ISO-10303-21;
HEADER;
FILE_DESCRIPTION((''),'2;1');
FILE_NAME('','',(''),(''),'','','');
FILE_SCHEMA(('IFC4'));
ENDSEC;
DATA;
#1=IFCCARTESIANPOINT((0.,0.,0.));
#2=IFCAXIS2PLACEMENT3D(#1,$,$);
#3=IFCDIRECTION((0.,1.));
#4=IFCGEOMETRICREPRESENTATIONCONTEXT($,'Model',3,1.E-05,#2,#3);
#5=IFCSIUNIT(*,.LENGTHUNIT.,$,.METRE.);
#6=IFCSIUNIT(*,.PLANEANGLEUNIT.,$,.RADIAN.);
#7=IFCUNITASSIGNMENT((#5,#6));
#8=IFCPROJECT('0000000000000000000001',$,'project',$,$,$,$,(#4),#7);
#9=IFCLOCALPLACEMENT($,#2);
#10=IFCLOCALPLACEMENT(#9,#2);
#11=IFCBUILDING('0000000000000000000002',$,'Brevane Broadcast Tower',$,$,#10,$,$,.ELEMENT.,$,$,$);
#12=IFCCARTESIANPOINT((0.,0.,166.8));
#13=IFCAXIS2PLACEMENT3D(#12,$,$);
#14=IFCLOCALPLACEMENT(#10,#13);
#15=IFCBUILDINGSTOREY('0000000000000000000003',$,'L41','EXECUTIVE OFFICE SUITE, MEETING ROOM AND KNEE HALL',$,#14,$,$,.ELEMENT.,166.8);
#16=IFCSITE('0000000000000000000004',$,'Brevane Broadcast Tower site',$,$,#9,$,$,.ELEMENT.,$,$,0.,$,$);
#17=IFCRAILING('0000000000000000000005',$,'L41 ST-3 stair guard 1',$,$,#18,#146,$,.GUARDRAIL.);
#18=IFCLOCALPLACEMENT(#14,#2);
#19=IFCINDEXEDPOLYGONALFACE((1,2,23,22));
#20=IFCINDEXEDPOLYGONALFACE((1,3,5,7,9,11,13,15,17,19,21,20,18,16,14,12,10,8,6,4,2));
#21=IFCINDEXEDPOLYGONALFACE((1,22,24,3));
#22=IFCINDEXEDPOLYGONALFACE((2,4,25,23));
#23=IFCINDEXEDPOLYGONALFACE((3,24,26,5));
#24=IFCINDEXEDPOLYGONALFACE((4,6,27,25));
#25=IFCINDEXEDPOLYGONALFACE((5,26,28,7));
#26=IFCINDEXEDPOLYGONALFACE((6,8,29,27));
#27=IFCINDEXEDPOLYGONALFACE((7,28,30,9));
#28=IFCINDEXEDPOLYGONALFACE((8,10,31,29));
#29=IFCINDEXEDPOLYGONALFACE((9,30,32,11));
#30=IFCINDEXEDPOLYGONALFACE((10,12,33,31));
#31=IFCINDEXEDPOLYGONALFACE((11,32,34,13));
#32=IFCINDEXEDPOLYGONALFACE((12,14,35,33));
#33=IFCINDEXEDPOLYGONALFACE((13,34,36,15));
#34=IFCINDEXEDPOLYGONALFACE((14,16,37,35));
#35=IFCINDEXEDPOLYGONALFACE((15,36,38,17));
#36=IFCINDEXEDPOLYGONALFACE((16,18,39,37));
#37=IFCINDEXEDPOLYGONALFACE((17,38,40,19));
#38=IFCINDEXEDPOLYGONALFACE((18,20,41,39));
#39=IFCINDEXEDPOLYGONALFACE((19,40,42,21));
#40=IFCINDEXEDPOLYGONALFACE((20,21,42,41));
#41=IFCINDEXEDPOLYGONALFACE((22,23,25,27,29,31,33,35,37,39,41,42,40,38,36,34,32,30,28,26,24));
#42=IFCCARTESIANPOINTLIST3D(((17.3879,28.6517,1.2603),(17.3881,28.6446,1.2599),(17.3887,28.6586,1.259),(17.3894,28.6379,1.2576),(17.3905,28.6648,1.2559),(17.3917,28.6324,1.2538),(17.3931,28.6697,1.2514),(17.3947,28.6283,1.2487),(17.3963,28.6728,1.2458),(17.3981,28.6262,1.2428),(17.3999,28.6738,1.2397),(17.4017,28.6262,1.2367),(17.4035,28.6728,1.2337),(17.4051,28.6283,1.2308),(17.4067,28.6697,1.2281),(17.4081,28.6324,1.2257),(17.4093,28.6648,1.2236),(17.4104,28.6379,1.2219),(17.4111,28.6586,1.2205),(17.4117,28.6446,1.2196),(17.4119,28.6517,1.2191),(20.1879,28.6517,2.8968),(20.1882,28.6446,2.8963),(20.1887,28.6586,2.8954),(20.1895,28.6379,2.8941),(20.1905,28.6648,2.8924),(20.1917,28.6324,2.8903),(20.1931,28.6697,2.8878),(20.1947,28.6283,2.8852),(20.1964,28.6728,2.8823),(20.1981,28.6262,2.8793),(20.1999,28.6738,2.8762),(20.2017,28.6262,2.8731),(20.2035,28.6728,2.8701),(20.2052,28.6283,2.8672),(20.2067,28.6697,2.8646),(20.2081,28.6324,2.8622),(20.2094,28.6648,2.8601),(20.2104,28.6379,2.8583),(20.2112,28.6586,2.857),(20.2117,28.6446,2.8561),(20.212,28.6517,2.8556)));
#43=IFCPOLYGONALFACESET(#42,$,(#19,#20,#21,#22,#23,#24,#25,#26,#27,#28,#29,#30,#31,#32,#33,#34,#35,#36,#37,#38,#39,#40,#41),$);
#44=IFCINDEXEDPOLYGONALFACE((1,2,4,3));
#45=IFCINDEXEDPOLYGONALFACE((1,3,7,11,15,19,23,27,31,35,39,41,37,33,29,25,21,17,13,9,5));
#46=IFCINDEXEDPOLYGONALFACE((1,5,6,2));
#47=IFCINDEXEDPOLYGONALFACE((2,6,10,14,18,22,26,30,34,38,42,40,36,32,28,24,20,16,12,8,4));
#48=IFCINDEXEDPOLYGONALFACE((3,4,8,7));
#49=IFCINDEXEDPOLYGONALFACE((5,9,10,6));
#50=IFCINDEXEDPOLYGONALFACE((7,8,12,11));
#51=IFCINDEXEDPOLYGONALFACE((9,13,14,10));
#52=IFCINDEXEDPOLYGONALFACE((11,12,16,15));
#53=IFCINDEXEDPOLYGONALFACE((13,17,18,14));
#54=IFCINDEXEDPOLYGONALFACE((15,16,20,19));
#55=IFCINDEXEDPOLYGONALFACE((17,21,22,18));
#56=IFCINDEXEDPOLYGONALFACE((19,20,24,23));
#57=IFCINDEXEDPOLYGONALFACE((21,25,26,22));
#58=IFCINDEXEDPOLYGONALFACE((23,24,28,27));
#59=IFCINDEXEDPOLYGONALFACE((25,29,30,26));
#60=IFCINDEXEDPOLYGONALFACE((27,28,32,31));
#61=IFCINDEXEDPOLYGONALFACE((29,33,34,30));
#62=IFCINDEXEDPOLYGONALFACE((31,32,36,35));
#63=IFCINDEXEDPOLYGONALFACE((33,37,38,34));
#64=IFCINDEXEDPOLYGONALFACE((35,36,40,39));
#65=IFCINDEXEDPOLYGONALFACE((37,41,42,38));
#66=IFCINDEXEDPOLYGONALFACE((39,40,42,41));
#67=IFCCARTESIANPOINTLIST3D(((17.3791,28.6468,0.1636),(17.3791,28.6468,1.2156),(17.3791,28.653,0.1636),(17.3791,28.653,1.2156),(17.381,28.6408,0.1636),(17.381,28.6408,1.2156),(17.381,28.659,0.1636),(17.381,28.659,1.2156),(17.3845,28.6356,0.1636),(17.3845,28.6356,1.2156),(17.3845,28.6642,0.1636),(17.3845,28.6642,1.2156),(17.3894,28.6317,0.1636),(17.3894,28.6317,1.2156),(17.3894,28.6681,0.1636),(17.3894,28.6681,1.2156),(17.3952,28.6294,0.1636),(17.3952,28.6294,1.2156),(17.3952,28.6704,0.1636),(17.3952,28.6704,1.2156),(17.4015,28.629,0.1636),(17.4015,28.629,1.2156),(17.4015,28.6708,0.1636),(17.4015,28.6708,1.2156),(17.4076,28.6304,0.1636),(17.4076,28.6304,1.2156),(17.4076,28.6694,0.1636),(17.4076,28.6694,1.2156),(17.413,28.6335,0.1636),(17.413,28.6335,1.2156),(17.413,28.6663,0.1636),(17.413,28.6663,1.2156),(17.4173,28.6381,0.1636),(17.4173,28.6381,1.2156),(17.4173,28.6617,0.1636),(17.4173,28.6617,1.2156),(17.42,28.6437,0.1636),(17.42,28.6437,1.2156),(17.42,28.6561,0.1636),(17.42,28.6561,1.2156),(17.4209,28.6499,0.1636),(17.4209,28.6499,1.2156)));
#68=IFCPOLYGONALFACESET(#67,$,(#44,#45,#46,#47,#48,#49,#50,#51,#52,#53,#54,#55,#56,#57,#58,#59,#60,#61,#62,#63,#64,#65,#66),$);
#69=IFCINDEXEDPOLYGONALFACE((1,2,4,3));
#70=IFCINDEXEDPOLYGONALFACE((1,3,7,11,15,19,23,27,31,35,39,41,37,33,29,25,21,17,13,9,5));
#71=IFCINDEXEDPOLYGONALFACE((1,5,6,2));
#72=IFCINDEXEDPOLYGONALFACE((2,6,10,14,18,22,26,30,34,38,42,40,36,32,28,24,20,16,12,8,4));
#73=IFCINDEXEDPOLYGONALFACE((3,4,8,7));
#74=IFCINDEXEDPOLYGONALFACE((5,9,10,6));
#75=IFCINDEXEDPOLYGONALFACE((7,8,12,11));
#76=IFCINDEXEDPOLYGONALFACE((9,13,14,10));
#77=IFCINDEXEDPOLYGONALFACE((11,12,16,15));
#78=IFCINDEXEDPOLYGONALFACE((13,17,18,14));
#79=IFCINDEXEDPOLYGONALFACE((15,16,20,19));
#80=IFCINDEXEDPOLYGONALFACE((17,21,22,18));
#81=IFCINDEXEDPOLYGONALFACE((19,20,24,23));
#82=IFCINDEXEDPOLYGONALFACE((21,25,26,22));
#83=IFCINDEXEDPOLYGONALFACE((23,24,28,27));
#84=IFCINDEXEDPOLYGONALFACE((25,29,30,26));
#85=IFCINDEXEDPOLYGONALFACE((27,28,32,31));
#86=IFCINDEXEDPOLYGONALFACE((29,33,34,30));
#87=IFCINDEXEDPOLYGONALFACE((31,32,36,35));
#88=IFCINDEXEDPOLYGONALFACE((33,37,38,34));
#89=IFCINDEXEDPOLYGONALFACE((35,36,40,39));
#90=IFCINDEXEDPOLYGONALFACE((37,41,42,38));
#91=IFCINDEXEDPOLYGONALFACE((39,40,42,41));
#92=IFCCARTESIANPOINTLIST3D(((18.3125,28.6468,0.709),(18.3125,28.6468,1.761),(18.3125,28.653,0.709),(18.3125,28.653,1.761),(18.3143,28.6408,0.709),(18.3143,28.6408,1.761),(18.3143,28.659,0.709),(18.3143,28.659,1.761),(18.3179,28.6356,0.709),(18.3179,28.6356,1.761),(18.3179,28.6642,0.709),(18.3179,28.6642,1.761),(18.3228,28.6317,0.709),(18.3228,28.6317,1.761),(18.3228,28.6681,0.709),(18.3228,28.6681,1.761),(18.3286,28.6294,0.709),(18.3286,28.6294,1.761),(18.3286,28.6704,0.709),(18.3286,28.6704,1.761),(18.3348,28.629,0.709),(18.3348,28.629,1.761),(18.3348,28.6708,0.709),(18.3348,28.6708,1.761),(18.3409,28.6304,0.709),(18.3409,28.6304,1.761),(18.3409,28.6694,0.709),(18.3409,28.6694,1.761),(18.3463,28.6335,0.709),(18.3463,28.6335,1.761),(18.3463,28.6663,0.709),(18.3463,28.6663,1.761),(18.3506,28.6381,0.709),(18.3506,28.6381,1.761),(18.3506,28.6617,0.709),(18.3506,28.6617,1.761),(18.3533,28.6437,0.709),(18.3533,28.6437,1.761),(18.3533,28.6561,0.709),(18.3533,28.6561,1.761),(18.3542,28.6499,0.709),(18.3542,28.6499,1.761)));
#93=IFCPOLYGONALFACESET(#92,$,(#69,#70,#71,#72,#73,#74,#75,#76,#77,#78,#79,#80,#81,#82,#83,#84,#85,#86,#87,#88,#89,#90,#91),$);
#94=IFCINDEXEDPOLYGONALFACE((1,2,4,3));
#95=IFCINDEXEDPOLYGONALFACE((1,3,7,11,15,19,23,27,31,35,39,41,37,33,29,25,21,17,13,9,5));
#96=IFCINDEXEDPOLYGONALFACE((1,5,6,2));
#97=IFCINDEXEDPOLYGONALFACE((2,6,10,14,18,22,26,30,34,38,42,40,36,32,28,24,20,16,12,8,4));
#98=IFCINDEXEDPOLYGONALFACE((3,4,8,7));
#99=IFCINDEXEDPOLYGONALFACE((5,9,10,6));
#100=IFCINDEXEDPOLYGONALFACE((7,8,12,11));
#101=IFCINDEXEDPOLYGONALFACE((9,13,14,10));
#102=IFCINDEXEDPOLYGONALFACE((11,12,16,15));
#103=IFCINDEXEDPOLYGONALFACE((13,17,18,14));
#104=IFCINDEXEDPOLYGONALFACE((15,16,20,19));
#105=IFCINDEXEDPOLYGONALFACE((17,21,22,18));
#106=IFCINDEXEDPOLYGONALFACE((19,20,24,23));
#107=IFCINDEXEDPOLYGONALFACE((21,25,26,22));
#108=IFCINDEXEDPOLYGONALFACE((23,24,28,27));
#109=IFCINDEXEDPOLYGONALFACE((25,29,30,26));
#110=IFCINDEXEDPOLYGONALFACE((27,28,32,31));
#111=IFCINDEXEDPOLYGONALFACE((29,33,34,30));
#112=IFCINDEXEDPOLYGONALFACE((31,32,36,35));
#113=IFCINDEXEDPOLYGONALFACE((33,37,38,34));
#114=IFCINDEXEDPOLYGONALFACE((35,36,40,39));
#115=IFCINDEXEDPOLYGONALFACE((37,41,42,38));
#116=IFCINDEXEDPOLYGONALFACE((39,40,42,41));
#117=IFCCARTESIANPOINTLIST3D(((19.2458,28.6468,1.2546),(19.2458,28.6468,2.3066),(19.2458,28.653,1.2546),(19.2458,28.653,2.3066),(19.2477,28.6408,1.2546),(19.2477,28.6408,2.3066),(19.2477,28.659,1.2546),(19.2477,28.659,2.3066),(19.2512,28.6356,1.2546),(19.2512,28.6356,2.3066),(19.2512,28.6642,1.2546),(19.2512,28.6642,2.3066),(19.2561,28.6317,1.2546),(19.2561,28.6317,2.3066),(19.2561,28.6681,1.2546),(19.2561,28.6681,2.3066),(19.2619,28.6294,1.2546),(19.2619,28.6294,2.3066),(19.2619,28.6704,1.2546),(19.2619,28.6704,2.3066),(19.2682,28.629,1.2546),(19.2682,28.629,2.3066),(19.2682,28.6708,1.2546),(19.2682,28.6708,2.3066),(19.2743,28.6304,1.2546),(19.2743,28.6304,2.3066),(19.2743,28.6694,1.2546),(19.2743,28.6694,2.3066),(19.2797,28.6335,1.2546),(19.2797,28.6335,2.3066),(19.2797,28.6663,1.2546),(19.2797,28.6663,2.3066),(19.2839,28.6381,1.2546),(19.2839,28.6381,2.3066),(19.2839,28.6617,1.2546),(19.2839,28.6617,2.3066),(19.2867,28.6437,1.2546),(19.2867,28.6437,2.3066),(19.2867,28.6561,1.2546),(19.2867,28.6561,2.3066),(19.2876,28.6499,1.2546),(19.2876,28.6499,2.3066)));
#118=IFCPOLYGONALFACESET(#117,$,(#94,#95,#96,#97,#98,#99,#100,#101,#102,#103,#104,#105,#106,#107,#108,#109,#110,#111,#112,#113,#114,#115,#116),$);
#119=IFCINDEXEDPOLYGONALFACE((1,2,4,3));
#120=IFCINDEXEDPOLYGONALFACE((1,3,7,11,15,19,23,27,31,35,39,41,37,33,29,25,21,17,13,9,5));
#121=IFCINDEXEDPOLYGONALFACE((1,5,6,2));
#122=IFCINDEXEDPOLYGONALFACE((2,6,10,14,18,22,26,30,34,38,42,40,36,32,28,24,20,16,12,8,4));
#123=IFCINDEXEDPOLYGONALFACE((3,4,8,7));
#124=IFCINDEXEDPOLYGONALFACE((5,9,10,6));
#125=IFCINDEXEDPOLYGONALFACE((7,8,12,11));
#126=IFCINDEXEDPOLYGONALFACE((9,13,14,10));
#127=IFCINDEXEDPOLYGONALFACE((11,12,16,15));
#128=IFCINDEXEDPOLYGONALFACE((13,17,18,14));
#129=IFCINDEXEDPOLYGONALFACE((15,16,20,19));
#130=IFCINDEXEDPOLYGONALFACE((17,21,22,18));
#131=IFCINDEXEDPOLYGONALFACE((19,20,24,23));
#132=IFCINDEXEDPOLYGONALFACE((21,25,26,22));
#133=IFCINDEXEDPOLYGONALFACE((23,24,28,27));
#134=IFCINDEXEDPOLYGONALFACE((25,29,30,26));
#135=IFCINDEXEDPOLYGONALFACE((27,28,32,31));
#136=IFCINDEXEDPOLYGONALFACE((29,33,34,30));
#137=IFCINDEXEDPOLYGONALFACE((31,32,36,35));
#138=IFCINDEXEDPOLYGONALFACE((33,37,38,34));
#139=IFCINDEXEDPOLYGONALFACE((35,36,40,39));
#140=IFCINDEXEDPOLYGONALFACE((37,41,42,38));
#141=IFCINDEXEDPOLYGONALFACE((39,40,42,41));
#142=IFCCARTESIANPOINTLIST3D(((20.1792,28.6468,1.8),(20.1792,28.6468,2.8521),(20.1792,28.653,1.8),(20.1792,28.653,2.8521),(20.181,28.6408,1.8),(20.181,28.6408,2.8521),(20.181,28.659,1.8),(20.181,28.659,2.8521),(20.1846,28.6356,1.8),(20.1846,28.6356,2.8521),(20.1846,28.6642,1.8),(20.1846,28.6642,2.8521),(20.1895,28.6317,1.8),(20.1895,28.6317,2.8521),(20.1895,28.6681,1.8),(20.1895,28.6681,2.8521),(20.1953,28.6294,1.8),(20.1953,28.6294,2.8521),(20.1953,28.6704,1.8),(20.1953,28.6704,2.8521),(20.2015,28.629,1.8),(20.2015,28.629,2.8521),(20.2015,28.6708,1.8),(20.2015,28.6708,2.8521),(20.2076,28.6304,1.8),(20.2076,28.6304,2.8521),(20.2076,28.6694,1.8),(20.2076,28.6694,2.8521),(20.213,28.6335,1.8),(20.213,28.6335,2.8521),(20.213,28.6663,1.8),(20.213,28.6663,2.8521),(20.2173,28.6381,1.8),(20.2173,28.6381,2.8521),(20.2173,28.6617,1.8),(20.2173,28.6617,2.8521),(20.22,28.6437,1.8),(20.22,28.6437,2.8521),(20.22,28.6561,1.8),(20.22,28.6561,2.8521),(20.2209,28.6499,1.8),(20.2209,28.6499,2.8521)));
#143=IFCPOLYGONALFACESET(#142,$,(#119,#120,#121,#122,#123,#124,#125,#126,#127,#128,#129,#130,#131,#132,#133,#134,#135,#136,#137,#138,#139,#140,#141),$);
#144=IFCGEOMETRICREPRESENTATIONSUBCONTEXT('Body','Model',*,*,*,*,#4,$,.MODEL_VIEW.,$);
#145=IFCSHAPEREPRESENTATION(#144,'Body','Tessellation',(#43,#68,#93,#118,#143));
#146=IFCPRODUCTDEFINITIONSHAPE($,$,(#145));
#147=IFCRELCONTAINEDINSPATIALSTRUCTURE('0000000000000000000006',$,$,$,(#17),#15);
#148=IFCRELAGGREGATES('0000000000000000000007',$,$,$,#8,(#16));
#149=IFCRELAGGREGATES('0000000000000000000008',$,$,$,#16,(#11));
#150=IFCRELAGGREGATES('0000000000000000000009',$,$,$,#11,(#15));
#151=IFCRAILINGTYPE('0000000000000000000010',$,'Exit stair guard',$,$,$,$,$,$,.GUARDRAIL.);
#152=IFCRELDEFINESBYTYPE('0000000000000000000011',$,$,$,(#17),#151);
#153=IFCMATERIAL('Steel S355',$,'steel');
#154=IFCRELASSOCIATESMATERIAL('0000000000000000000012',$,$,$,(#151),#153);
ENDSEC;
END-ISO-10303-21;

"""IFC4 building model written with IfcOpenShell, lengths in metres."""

from ifc_helpers import new_model, si_unit, direction, frame, origin, origin_2d, place, context, subcontext, project, spatial, circle, extrude, material, type_object, element, save


model = new_model("IFC4")

# Units and contexts
model_context = context("Model", 3, precision=1e-05, world=origin(), true_north=direction((0.0, 1.0)))
body_context = subcontext(model_context, "Body", "Model", "MODEL_VIEW")
ifc_project = project(units=[si_unit("LENGTHUNIT", "METRE"), si_unit("PLANEANGLEUNIT", "RADIAN")], contexts=[model_context])

# Site, building, storey
site_placement = place(None, origin())
site = spatial("IfcSite", under=ifc_project, at=site_placement, Name="Brevane Broadcast Tower site", CompositionType="ELEMENT", RefElevation=0.0)
building_placement = place(site_placement, origin())
building = spatial("IfcBuilding", under=site, at=building_placement, Name="Brevane Broadcast Tower", CompositionType="ELEMENT")
storey_placement = place(building_placement, frame((0.0, 0.0, 166.8)))
storey = spatial("IfcBuildingStorey", under=building, at=storey_placement, Name="L41", Description="EXECUTIVE OFFICE SUITE, MEETING ROOM AND KNEE HALL", CompositionType="ELEMENT", Elevation=166.8)

# Railing
ifc_material_1 = material(Name="Steel S355", Category="steel")
railing_type_1 = type_object("IfcRailingType", Name="Exit stair guard", PredefinedType="GUARDRAIL", material=ifc_material_1)
railing_1_placement = place(storey_placement, frame((17.3999, 28.6499, 0.1636)))
element("IfcRailing", 1, at=railing_1_placement, inside=storey, type_object=railing_type_1, Name="L41 ST-3 stair guard 1", PredefinedType="GUARDRAIL", context=body_context, shape_type="SweptSolid", body=[
    extrude(circle(Radius=0.0239, at=origin_2d()), frame((0.0, 0.0, 1.0762), z_axis=(0.863361, 0.0, 0.504587), x_axis=(0.0, 1.0, 0.0)), (0.0, 0.0, 1.0), 3.2432),
    extrude(circle(Radius=0.021, at=origin_2d()), origin(), (0.0, 0.0, 1.0), 1.052),
    extrude(circle(Radius=0.021, at=origin_2d()), frame((0.9333, 0.0, 0.5454)), (0.0, 0.0, 1.0), 1.052),
    extrude(circle(Radius=0.021, at=origin_2d()), frame((1.8667, 0.0, 1.0911)), (0.0, 0.0, 1.0), 1.052),
    extrude(circle(Radius=0.021, at=origin_2d()), frame((2.8, 0.0, 1.6365)), (0.0, 0.0, 1.0), 1.052),
])

save(model, "model.ifc")
